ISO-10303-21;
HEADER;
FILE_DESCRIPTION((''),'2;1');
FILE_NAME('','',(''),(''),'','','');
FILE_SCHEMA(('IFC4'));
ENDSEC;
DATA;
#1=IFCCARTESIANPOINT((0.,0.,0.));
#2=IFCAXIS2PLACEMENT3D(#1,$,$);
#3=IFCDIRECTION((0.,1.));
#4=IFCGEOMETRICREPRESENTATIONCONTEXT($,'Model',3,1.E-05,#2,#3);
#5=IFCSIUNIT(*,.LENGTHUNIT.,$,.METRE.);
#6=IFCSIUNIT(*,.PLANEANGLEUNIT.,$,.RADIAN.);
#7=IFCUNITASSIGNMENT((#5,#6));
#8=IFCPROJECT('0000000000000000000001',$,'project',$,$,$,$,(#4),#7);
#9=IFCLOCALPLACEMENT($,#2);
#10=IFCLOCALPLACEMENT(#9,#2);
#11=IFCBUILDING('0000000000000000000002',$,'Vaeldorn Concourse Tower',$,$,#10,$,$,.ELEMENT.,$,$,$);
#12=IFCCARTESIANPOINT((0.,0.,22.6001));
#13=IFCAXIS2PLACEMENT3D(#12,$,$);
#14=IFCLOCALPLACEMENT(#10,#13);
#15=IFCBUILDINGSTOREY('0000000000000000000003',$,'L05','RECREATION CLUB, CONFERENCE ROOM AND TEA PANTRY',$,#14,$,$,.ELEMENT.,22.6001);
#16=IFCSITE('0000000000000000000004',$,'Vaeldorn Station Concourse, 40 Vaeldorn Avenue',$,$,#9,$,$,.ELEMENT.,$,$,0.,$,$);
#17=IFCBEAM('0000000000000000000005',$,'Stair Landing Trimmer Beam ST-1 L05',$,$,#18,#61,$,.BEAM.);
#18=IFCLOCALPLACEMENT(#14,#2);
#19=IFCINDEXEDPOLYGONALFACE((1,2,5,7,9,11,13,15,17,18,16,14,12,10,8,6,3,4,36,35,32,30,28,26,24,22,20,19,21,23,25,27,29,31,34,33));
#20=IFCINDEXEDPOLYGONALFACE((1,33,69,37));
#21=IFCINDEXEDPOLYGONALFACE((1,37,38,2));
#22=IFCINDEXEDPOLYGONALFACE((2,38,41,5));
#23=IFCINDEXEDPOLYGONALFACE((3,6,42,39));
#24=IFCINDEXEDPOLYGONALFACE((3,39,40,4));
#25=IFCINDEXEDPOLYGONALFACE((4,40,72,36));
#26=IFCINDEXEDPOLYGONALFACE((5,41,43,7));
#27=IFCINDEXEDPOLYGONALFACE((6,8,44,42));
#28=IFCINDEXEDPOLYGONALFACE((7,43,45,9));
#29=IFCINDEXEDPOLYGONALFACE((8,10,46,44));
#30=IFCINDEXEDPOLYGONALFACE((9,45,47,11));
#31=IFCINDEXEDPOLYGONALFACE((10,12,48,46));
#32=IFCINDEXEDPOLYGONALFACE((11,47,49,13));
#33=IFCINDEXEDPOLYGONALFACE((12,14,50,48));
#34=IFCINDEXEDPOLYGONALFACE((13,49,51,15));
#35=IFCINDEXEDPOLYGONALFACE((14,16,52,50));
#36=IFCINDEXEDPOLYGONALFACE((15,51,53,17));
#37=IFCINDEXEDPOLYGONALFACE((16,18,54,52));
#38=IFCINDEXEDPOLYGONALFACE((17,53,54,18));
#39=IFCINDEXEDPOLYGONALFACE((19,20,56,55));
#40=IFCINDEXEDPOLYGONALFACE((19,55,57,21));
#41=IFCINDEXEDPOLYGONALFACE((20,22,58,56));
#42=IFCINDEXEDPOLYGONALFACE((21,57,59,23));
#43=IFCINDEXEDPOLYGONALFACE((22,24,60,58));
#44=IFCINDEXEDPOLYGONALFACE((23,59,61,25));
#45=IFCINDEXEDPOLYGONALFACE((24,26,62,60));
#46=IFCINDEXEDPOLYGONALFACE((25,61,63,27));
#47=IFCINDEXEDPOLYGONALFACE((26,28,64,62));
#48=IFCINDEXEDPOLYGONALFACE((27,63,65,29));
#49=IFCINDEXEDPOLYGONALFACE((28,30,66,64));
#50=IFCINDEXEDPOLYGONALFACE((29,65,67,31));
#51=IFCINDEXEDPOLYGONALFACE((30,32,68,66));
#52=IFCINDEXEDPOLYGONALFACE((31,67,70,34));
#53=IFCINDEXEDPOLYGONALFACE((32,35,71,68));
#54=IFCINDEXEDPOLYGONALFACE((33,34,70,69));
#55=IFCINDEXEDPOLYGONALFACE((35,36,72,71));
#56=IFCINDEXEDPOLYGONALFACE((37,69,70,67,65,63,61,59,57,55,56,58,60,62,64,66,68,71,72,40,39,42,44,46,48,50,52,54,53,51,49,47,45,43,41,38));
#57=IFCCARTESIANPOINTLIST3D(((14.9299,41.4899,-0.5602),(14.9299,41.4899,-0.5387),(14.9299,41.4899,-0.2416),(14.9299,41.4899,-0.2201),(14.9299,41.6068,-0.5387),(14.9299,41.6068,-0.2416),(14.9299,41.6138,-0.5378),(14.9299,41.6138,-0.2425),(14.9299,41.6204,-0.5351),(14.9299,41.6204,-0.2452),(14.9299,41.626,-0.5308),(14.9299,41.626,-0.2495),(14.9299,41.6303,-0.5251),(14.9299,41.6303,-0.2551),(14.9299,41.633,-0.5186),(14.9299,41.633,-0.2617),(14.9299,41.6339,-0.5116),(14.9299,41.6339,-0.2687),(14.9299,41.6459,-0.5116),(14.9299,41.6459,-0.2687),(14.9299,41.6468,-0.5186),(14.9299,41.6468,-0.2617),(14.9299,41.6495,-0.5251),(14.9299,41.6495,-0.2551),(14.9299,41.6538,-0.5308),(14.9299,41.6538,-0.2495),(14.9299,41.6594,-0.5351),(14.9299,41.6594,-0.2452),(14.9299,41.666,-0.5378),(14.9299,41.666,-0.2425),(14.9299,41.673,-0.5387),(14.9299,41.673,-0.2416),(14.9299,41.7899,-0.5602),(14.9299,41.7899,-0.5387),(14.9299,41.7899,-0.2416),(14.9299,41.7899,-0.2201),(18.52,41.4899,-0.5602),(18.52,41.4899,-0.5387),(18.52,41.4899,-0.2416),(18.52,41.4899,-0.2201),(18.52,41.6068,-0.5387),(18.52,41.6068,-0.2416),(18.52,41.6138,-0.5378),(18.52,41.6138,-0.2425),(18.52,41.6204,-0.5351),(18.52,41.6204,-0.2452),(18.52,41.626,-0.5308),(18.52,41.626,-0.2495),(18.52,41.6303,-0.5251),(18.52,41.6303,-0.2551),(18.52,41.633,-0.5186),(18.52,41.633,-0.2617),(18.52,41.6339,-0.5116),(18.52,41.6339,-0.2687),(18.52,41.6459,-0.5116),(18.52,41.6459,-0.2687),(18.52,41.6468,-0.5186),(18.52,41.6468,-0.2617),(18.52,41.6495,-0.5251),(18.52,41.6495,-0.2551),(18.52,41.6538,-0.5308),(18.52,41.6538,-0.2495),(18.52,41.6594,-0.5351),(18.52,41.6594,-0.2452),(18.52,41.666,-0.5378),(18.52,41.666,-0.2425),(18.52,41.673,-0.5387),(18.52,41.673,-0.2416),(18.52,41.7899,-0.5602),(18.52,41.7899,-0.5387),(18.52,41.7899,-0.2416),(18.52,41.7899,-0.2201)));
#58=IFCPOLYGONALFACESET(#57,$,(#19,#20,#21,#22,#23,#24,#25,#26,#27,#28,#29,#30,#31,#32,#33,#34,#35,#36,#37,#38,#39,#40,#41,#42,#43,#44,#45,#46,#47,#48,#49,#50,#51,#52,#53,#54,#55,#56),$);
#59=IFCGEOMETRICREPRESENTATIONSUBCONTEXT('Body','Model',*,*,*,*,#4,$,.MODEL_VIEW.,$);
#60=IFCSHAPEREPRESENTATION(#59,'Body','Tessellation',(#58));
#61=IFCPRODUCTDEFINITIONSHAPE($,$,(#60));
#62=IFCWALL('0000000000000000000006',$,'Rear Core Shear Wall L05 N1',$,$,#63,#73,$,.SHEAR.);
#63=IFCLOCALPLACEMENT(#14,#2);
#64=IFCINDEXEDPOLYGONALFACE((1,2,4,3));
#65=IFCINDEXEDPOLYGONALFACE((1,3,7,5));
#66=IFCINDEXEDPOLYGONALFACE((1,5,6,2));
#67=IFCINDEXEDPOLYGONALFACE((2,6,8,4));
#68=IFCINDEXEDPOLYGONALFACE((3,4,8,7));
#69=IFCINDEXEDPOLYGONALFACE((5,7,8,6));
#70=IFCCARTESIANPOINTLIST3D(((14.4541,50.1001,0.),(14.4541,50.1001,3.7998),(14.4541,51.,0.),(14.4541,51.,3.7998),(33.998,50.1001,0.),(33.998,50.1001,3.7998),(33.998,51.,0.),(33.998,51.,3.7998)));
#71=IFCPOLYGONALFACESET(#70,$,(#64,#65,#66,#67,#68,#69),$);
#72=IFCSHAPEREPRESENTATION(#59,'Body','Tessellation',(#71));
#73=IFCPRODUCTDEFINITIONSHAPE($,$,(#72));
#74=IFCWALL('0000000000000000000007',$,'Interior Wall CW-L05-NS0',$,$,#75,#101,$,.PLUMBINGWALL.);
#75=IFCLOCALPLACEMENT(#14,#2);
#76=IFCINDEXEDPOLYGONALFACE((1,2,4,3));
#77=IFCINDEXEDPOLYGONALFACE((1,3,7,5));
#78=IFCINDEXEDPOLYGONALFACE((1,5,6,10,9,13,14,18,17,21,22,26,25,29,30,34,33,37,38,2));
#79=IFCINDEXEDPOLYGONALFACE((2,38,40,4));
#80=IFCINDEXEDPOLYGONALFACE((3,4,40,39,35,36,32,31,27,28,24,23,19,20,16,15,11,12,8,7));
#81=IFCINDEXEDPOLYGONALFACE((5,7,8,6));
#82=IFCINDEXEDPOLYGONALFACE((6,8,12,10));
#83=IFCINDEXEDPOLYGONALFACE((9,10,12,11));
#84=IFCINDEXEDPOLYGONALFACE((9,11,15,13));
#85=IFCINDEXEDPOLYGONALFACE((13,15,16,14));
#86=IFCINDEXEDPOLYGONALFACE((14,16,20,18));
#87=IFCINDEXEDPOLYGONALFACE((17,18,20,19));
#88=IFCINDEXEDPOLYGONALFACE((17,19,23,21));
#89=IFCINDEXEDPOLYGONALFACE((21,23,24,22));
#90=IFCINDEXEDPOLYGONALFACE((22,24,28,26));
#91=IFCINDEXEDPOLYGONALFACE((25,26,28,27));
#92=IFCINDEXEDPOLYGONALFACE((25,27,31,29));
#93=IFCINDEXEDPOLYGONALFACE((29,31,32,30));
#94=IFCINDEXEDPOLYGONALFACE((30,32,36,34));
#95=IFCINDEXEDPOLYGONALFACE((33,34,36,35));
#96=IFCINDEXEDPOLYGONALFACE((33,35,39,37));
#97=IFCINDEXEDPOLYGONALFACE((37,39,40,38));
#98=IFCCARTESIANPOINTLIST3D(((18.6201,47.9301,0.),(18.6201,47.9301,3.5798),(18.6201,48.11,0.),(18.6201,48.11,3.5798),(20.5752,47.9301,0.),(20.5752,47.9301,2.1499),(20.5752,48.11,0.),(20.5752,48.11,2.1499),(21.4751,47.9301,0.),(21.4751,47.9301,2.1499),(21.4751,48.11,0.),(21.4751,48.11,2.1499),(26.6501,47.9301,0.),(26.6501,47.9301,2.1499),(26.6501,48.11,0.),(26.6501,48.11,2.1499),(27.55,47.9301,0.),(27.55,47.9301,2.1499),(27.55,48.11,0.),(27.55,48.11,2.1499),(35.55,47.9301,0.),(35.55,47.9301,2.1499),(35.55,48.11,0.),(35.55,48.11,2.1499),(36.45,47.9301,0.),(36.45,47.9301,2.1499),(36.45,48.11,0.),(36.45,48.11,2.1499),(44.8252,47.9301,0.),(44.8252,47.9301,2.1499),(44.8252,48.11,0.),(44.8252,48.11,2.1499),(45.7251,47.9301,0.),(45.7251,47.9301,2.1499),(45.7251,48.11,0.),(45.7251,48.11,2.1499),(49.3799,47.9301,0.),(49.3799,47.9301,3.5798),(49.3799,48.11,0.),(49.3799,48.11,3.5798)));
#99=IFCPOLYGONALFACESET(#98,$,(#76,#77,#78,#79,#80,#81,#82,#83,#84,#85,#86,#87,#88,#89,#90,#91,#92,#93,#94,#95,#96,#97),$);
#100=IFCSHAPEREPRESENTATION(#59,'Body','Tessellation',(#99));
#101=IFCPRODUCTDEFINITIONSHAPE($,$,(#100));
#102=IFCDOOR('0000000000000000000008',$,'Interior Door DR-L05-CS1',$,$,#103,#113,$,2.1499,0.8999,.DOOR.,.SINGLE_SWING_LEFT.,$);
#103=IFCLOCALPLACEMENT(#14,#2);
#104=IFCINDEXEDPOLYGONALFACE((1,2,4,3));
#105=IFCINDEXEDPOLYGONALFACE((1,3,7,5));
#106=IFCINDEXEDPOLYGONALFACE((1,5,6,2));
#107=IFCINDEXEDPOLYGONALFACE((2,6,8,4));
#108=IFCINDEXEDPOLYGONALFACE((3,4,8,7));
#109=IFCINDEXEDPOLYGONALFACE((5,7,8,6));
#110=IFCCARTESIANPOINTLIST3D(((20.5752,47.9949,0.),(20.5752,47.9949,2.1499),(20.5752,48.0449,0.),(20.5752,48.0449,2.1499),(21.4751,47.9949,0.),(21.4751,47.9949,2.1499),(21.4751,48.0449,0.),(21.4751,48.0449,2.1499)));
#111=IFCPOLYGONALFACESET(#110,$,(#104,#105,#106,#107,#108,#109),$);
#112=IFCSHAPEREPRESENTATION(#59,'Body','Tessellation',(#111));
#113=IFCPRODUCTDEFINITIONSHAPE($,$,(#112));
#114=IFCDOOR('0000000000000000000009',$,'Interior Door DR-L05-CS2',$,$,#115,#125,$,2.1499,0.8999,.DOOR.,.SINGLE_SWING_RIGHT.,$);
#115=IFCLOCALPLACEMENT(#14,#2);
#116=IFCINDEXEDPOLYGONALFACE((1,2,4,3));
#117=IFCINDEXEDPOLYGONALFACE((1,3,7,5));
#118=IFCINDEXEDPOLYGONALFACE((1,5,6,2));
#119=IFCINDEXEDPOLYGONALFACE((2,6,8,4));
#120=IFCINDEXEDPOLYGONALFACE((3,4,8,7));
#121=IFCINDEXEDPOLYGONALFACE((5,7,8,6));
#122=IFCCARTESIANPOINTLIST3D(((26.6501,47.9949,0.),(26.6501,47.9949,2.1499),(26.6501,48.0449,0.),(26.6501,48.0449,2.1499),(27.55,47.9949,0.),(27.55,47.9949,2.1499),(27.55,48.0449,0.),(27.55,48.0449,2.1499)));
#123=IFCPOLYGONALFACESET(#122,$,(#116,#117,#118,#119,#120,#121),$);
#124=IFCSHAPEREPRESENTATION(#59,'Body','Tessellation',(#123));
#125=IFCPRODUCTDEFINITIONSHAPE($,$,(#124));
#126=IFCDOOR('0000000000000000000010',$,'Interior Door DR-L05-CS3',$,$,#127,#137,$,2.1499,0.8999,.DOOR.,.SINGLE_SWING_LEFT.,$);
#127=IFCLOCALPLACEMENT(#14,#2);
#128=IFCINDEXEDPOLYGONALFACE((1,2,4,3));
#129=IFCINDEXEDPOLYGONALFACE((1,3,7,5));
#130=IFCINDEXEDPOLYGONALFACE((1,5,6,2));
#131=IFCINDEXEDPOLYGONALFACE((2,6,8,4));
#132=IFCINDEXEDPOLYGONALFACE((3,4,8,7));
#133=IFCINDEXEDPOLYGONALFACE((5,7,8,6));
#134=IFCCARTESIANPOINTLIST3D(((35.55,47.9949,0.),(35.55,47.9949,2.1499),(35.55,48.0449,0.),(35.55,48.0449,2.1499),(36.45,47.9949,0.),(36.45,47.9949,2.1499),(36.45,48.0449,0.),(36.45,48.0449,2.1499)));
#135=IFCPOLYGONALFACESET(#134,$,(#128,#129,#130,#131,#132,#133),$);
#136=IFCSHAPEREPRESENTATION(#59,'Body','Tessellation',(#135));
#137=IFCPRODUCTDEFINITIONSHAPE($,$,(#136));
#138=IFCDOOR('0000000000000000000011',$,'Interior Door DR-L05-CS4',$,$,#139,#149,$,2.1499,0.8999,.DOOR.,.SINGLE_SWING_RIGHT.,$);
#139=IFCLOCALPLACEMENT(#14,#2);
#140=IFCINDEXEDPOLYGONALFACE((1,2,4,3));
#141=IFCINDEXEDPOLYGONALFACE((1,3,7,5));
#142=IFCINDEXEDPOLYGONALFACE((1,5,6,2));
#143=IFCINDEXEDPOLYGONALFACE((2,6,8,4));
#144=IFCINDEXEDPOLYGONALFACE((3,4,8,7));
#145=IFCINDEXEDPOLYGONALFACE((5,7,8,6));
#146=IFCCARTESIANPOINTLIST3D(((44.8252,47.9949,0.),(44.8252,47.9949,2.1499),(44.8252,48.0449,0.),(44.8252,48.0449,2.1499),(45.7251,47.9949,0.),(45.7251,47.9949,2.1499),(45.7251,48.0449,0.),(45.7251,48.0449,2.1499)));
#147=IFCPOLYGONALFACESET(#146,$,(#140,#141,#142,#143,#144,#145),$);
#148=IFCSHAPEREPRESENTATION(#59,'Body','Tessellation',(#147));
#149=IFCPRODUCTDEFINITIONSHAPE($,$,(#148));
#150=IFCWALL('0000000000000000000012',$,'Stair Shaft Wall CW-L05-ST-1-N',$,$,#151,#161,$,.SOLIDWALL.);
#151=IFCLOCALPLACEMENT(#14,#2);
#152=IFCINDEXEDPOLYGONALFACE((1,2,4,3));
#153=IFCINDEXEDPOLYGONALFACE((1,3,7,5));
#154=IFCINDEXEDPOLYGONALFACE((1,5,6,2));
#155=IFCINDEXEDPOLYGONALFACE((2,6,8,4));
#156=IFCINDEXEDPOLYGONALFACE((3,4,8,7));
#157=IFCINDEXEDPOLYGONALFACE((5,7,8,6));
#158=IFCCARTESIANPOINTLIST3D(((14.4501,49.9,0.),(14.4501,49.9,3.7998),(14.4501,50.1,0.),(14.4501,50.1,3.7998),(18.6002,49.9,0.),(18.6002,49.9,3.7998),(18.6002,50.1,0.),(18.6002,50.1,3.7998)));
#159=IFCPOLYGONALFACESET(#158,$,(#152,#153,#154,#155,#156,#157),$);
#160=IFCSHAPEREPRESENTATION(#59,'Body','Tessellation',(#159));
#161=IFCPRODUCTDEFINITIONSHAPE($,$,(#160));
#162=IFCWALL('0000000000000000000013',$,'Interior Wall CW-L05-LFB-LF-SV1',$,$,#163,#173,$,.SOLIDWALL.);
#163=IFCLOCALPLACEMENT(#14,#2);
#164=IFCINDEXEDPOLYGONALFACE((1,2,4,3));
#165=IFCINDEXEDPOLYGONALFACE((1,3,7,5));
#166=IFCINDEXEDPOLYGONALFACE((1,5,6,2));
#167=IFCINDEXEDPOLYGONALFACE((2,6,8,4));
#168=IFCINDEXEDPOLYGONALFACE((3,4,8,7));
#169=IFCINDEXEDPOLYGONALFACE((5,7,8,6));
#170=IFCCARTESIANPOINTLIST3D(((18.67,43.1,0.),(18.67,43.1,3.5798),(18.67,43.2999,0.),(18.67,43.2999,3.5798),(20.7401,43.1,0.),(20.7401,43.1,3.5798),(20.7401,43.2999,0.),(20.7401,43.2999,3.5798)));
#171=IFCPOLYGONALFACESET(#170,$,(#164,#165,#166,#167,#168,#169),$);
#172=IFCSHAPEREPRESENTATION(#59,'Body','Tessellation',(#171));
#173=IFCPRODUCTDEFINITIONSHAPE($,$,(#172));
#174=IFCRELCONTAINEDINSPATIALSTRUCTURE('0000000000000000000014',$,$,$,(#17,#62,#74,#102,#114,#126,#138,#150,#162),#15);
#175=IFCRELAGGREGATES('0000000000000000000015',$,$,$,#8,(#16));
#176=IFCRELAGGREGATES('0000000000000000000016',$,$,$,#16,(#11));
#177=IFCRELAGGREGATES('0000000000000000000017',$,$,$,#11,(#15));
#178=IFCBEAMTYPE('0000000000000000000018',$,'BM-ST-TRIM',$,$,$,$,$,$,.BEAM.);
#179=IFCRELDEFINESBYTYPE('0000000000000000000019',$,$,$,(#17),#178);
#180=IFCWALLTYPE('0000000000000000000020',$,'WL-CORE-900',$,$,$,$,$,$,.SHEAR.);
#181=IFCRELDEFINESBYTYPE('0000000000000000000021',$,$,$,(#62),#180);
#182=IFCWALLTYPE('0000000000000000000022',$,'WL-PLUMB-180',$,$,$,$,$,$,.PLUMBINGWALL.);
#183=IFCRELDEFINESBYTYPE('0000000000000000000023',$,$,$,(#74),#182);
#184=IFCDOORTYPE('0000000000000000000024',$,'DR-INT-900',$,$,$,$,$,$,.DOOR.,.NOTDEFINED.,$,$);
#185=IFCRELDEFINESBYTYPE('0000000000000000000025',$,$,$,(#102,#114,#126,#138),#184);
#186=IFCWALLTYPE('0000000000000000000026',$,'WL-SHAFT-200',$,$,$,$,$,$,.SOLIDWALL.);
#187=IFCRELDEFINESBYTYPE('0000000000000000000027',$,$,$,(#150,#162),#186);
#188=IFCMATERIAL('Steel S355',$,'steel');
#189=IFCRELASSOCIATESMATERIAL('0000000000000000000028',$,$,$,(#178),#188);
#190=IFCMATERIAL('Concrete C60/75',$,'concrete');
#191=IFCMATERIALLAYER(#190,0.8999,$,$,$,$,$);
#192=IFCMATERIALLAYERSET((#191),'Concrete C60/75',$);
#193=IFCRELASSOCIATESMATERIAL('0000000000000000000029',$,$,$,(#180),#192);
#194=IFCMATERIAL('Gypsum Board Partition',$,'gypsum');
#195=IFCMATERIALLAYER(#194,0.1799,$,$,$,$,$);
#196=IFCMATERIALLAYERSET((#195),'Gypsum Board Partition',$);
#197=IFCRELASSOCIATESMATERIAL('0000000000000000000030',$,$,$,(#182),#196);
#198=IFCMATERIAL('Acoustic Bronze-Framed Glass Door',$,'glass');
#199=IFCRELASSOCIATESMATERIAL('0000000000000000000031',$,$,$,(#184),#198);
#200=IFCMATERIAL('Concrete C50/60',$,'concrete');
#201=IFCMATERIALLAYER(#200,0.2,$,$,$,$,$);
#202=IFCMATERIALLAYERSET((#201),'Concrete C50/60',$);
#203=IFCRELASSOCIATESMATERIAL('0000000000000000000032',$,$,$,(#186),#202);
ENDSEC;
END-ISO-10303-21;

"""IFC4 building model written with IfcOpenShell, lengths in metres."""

from ifc_helpers import new_model, si_unit, direction, frame, frame_2d, origin, origin_2d, place, context, subcontext, project, spatial, rectangle, i_section, extrude, source, transform, mapped, material, layer, layer_set, material_profile, profile_set, type_object, element, fill, save


model = new_model("IFC4")

# Units and contexts
model_context = context("Model", 3, precision=1e-05, world=origin(), true_north=direction((0.0, 1.0)))
body_context = subcontext(model_context, "Body", "Model", "MODEL_VIEW")
ifc_project = project(units=[si_unit("LENGTHUNIT", "METRE"), si_unit("PLANEANGLEUNIT", "RADIAN")], contexts=[model_context])

# Site, building, storey
site_placement = place(None, origin())
site = spatial("IfcSite", under=ifc_project, at=site_placement, Name="Vaeldorn Station Concourse, 40 Vaeldorn Avenue", CompositionType="ELEMENT", RefElevation=0.0)
building_placement = place(site_placement, origin())
building = spatial("IfcBuilding", under=site, at=building_placement, Name="Vaeldorn Concourse Tower", CompositionType="ELEMENT")
storey_placement = place(building_placement, frame((0.0, 0.0, 22.6001)))
storey = spatial("IfcBuildingStorey", under=building, at=storey_placement, Name="L05", Description="RECREATION CLUB, CONFERENCE ROOM AND TEA PANTRY", CompositionType="ELEMENT", Elevation=22.6001)

# Beam
ifc_material_1 = material(Name="Steel S355", Category="steel")
ifc_material_profile = material_profile(ifc_material_1, i_section(OverallWidth=0.3, OverallDepth=0.3401, WebThickness=0.012, FlangeThickness=0.0215, FilletRadius=0.0271, at=origin_2d()), Name="HEB 340")
ifc_profile_set = profile_set([ifc_material_profile], Name="Steel S355")
beam_type = type_object("IfcBeamType", Name="BM-ST-TRIM", PredefinedType="BEAM", material=ifc_profile_set)
shared_shape_1 = source(origin(), body_context, "Body", "SweptSolid", [
    extrude(i_section(OverallWidth=0.3, OverallDepth=0.3401, WebThickness=0.012, FlangeThickness=0.0215, FilletRadius=0.0271, at=origin_2d()), origin(), (0.0, 0.0, 1.0), 3.5901),
])
beam_placement = place(storey_placement, frame((14.9299, 41.6399, -0.3901), z_axis=(1.0, 0.0, 0.0), x_axis=(0.0, 1.0, 0.0)))
element("IfcBeam", 1, at=beam_placement, inside=storey, type_object=beam_type, Name="Stair Landing Trimmer Beam ST-1 L05", PredefinedType="BEAM", context=body_context, shape_type="MappedRepresentation", body=[
    mapped(shared_shape_1, transform((0.0, 0.0, 0.0), scale=1.0)),
])

# Wall
ifc_material_2 = material(Name="Concrete C60/75", Category="concrete")
ifc_layer_1 = layer(ifc_material_2, 0.8999)
ifc_layer_set_1 = layer_set([ifc_layer_1], Name="Concrete C60/75")
wall_type_1 = type_object("IfcWallType", Name="WL-CORE-900", PredefinedType="SHEAR", material=ifc_layer_set_1)
wall_1_placement = place(storey_placement, frame((14.4541, 50.55, 0.0), z_axis=(0.0, 0.0, 1.0), x_axis=(1.0, 0.0, 0.0)))
element("IfcWall", 2, at=wall_1_placement, inside=storey, type_object=wall_type_1, Name="Rear Core Shear Wall L05 N1", PredefinedType="SHEAR", context=body_context, shape_type="SweptSolid", body=[
    extrude(rectangle(XDim=19.5439, YDim=0.8999, at=frame_2d((9.772, 0.0))), origin(), (0.0, 0.0, 1.0), 3.7998),
])

# Wall, openings, doors
ifc_material_3 = material(Name="Gypsum Board Partition", Category="gypsum")
ifc_layer_2 = layer(ifc_material_3, 0.1799)
ifc_layer_set_2 = layer_set([ifc_layer_2], Name="Gypsum Board Partition")
wall_type_2 = type_object("IfcWallType", Name="WL-PLUMB-180", PredefinedType="PLUMBINGWALL", material=ifc_layer_set_2)
wall_2_placement = place(storey_placement, frame((18.6201, 48.02, 0.0), z_axis=(0.0, 0.0, 1.0), x_axis=(1.0, 0.0, 0.0)))
wall_2 = element("IfcWall", 3, at=wall_2_placement, inside=storey, type_object=wall_type_2, Name="Interior Wall CW-L05-NS0", PredefinedType="PLUMBINGWALL", context=body_context, shape_type="SweptSolid", body=[
    extrude(rectangle(XDim=30.7598, YDim=0.1799, at=frame_2d((15.3799, 0.0))), origin(), (0.0, 0.0, 1.0), 3.5798),
])
opening_1_placement = place(wall_2_placement, frame((1.9551, 0.0, 0.0)))
opening_1 = element("IfcOpeningElement", 4, at=opening_1_placement, cuts=wall_2, PredefinedType="OPENING", context=body_context, shape_type="SweptSolid", body=[
    extrude(rectangle(XDim=0.8999, YDim=2.1499, at=frame_2d((0.45, 1.075))), frame((0.0, 0.1001, 0.0), z_axis=(0.0, -1.0, 0.0), x_axis=(1.0, 0.0, 0.0)), (0.0, 0.0, 1.0), 0.2),
])
opening_2_placement = place(wall_2_placement, frame((8.03, 0.0, 0.0)))
opening_2 = element("IfcOpeningElement", 5, at=opening_2_placement, cuts=wall_2, PredefinedType="OPENING", context=body_context, shape_type="SweptSolid", body=[
    extrude(rectangle(XDim=0.8999, YDim=2.1499, at=frame_2d((0.45, 1.075))), frame((0.0, 0.1001, 0.0), z_axis=(0.0, -1.0, 0.0), x_axis=(1.0, 0.0, 0.0)), (0.0, 0.0, 1.0), 0.2),
])
opening_3_placement = place(wall_2_placement, frame((16.9299, 0.0, 0.0)))
opening_3 = element("IfcOpeningElement", 6, at=opening_3_placement, cuts=wall_2, PredefinedType="OPENING", context=body_context, shape_type="SweptSolid", body=[
    extrude(rectangle(XDim=0.8999, YDim=2.1499, at=frame_2d((0.45, 1.075))), frame((0.0, 0.1001, 0.0), z_axis=(0.0, -1.0, 0.0), x_axis=(1.0, 0.0, 0.0)), (0.0, 0.0, 1.0), 0.2),
])
opening_4_placement = place(wall_2_placement, frame((26.2051, 0.0, 0.0)))
opening_4 = element("IfcOpeningElement", 7, at=opening_4_placement, cuts=wall_2, PredefinedType="OPENING", context=body_context, shape_type="SweptSolid", body=[
    extrude(rectangle(XDim=0.8999, YDim=2.1499, at=frame_2d((0.45, 1.075))), frame((0.0, 0.1001, 0.0), z_axis=(0.0, -1.0, 0.0), x_axis=(1.0, 0.0, 0.0)), (0.0, 0.0, 1.0), 0.2),
])
ifc_material_4 = material(Name="Acoustic Bronze-Framed Glass Door", Category="glass")
door_type_1 = type_object("IfcDoorType", Name="DR-INT-900", OperationType="NOTDEFINED", PredefinedType="DOOR", material=ifc_material_4)
shared_shape_2 = source(origin(), body_context, "Body", "SweptSolid", [
    extrude(rectangle(XDim=0.8999, YDim=2.1499, at=frame_2d((0.45, 1.075))), frame((0.0, 0.0249, 0.0), z_axis=(0.0, -1.0, 0.0), x_axis=(1.0, 0.0, 0.0)), (0.0, 0.0, 1.0), 0.05),
])
door_1_placement = place(opening_1_placement, origin())
door_1 = element("IfcDoor", 8, at=door_1_placement, inside=storey, type_object=door_type_1, Name="Interior Door DR-L05-CS1", OperationType="SINGLE_SWING_LEFT", OverallHeight=2.1499, OverallWidth=0.8999, PredefinedType="DOOR", context=body_context, shape_type="MappedRepresentation", body=[
    mapped(shared_shape_2, transform((0.0, 0.0, 0.0), scale=1.0)),
])
fill(opening_1, door_1)
door_2_placement = place(opening_2_placement, origin())
door_2 = element("IfcDoor", 9, at=door_2_placement, inside=storey, type_object=door_type_1, Name="Interior Door DR-L05-CS2", OperationType="SINGLE_SWING_RIGHT", OverallHeight=2.1499, OverallWidth=0.8999, PredefinedType="DOOR", context=body_context, shape_type="MappedRepresentation", body=[
    mapped(shared_shape_2, transform((0.0, 0.0, 0.0), scale=1.0)),
])
fill(opening_2, door_2)
door_3_placement = place(opening_3_placement, origin())
door_3 = element("IfcDoor", 10, at=door_3_placement, inside=storey, type_object=door_type_1, Name="Interior Door DR-L05-CS3", OperationType="SINGLE_SWING_LEFT", OverallHeight=2.1499, OverallWidth=0.8999, PredefinedType="DOOR", context=body_context, shape_type="MappedRepresentation", body=[
    mapped(shared_shape_2, transform((0.0, 0.0, 0.0), scale=1.0)),
])
fill(opening_3, door_3)
door_4_placement = place(opening_4_placement, origin())
door_4 = element("IfcDoor", 11, at=door_4_placement, inside=storey, type_object=door_type_1, Name="Interior Door DR-L05-CS4", OperationType="SINGLE_SWING_RIGHT", OverallHeight=2.1499, OverallWidth=0.8999, PredefinedType="DOOR", context=body_context, shape_type="MappedRepresentation", body=[
    mapped(shared_shape_2, transform((0.0, 0.0, 0.0), scale=1.0)),
])
fill(opening_4, door_4)

# Wall
ifc_material_5 = material(Name="Concrete C50/60", Category="concrete")
ifc_layer_3 = layer(ifc_material_5, 0.2)
ifc_layer_set_3 = layer_set([ifc_layer_3], Name="Concrete C50/60")
wall_type_3 = type_object("IfcWallType", Name="WL-SHAFT-200", PredefinedType="SOLIDWALL", material=ifc_layer_set_3)
wall_3_placement = place(storey_placement, frame((14.45, 50.0, 0.0), z_axis=(0.0, 0.0, 1.0), x_axis=(1.0, 0.0, 0.0)))
element("IfcWall", 12, at=wall_3_placement, inside=storey, type_object=wall_type_3, Name="Stair Shaft Wall CW-L05-ST-1-N", PredefinedType="SOLIDWALL", context=body_context, shape_type="SweptSolid", body=[
    extrude(rectangle(XDim=4.1501, YDim=0.2, at=frame_2d((2.0752, 0.0))), origin(), (0.0, 0.0, 1.0), 3.7998),
])

# Wall
for number, where, z_axis, x_axis, name in (
    (13, (18.6699, 43.2, 0.0), (0.0, 0.0, 1.0), (1.0, 0.0, 0.0), "Interior Wall CW-L05-LFB-LF-SV1"),
):
    element("IfcWall", number, at=place(storey_placement, frame(where, z_axis=z_axis, x_axis=x_axis)), inside=storey, type_object=wall_type_3, Name=name, PredefinedType="SOLIDWALL", context=body_context, shape_type="SweptSolid", body=[
        extrude(rectangle(XDim=2.0701, YDim=0.2, at=frame_2d((1.0352, 0.0))), origin(), (0.0, 0.0, 1.0), 3.5798),
    ])

save(model, "model.ifc")
